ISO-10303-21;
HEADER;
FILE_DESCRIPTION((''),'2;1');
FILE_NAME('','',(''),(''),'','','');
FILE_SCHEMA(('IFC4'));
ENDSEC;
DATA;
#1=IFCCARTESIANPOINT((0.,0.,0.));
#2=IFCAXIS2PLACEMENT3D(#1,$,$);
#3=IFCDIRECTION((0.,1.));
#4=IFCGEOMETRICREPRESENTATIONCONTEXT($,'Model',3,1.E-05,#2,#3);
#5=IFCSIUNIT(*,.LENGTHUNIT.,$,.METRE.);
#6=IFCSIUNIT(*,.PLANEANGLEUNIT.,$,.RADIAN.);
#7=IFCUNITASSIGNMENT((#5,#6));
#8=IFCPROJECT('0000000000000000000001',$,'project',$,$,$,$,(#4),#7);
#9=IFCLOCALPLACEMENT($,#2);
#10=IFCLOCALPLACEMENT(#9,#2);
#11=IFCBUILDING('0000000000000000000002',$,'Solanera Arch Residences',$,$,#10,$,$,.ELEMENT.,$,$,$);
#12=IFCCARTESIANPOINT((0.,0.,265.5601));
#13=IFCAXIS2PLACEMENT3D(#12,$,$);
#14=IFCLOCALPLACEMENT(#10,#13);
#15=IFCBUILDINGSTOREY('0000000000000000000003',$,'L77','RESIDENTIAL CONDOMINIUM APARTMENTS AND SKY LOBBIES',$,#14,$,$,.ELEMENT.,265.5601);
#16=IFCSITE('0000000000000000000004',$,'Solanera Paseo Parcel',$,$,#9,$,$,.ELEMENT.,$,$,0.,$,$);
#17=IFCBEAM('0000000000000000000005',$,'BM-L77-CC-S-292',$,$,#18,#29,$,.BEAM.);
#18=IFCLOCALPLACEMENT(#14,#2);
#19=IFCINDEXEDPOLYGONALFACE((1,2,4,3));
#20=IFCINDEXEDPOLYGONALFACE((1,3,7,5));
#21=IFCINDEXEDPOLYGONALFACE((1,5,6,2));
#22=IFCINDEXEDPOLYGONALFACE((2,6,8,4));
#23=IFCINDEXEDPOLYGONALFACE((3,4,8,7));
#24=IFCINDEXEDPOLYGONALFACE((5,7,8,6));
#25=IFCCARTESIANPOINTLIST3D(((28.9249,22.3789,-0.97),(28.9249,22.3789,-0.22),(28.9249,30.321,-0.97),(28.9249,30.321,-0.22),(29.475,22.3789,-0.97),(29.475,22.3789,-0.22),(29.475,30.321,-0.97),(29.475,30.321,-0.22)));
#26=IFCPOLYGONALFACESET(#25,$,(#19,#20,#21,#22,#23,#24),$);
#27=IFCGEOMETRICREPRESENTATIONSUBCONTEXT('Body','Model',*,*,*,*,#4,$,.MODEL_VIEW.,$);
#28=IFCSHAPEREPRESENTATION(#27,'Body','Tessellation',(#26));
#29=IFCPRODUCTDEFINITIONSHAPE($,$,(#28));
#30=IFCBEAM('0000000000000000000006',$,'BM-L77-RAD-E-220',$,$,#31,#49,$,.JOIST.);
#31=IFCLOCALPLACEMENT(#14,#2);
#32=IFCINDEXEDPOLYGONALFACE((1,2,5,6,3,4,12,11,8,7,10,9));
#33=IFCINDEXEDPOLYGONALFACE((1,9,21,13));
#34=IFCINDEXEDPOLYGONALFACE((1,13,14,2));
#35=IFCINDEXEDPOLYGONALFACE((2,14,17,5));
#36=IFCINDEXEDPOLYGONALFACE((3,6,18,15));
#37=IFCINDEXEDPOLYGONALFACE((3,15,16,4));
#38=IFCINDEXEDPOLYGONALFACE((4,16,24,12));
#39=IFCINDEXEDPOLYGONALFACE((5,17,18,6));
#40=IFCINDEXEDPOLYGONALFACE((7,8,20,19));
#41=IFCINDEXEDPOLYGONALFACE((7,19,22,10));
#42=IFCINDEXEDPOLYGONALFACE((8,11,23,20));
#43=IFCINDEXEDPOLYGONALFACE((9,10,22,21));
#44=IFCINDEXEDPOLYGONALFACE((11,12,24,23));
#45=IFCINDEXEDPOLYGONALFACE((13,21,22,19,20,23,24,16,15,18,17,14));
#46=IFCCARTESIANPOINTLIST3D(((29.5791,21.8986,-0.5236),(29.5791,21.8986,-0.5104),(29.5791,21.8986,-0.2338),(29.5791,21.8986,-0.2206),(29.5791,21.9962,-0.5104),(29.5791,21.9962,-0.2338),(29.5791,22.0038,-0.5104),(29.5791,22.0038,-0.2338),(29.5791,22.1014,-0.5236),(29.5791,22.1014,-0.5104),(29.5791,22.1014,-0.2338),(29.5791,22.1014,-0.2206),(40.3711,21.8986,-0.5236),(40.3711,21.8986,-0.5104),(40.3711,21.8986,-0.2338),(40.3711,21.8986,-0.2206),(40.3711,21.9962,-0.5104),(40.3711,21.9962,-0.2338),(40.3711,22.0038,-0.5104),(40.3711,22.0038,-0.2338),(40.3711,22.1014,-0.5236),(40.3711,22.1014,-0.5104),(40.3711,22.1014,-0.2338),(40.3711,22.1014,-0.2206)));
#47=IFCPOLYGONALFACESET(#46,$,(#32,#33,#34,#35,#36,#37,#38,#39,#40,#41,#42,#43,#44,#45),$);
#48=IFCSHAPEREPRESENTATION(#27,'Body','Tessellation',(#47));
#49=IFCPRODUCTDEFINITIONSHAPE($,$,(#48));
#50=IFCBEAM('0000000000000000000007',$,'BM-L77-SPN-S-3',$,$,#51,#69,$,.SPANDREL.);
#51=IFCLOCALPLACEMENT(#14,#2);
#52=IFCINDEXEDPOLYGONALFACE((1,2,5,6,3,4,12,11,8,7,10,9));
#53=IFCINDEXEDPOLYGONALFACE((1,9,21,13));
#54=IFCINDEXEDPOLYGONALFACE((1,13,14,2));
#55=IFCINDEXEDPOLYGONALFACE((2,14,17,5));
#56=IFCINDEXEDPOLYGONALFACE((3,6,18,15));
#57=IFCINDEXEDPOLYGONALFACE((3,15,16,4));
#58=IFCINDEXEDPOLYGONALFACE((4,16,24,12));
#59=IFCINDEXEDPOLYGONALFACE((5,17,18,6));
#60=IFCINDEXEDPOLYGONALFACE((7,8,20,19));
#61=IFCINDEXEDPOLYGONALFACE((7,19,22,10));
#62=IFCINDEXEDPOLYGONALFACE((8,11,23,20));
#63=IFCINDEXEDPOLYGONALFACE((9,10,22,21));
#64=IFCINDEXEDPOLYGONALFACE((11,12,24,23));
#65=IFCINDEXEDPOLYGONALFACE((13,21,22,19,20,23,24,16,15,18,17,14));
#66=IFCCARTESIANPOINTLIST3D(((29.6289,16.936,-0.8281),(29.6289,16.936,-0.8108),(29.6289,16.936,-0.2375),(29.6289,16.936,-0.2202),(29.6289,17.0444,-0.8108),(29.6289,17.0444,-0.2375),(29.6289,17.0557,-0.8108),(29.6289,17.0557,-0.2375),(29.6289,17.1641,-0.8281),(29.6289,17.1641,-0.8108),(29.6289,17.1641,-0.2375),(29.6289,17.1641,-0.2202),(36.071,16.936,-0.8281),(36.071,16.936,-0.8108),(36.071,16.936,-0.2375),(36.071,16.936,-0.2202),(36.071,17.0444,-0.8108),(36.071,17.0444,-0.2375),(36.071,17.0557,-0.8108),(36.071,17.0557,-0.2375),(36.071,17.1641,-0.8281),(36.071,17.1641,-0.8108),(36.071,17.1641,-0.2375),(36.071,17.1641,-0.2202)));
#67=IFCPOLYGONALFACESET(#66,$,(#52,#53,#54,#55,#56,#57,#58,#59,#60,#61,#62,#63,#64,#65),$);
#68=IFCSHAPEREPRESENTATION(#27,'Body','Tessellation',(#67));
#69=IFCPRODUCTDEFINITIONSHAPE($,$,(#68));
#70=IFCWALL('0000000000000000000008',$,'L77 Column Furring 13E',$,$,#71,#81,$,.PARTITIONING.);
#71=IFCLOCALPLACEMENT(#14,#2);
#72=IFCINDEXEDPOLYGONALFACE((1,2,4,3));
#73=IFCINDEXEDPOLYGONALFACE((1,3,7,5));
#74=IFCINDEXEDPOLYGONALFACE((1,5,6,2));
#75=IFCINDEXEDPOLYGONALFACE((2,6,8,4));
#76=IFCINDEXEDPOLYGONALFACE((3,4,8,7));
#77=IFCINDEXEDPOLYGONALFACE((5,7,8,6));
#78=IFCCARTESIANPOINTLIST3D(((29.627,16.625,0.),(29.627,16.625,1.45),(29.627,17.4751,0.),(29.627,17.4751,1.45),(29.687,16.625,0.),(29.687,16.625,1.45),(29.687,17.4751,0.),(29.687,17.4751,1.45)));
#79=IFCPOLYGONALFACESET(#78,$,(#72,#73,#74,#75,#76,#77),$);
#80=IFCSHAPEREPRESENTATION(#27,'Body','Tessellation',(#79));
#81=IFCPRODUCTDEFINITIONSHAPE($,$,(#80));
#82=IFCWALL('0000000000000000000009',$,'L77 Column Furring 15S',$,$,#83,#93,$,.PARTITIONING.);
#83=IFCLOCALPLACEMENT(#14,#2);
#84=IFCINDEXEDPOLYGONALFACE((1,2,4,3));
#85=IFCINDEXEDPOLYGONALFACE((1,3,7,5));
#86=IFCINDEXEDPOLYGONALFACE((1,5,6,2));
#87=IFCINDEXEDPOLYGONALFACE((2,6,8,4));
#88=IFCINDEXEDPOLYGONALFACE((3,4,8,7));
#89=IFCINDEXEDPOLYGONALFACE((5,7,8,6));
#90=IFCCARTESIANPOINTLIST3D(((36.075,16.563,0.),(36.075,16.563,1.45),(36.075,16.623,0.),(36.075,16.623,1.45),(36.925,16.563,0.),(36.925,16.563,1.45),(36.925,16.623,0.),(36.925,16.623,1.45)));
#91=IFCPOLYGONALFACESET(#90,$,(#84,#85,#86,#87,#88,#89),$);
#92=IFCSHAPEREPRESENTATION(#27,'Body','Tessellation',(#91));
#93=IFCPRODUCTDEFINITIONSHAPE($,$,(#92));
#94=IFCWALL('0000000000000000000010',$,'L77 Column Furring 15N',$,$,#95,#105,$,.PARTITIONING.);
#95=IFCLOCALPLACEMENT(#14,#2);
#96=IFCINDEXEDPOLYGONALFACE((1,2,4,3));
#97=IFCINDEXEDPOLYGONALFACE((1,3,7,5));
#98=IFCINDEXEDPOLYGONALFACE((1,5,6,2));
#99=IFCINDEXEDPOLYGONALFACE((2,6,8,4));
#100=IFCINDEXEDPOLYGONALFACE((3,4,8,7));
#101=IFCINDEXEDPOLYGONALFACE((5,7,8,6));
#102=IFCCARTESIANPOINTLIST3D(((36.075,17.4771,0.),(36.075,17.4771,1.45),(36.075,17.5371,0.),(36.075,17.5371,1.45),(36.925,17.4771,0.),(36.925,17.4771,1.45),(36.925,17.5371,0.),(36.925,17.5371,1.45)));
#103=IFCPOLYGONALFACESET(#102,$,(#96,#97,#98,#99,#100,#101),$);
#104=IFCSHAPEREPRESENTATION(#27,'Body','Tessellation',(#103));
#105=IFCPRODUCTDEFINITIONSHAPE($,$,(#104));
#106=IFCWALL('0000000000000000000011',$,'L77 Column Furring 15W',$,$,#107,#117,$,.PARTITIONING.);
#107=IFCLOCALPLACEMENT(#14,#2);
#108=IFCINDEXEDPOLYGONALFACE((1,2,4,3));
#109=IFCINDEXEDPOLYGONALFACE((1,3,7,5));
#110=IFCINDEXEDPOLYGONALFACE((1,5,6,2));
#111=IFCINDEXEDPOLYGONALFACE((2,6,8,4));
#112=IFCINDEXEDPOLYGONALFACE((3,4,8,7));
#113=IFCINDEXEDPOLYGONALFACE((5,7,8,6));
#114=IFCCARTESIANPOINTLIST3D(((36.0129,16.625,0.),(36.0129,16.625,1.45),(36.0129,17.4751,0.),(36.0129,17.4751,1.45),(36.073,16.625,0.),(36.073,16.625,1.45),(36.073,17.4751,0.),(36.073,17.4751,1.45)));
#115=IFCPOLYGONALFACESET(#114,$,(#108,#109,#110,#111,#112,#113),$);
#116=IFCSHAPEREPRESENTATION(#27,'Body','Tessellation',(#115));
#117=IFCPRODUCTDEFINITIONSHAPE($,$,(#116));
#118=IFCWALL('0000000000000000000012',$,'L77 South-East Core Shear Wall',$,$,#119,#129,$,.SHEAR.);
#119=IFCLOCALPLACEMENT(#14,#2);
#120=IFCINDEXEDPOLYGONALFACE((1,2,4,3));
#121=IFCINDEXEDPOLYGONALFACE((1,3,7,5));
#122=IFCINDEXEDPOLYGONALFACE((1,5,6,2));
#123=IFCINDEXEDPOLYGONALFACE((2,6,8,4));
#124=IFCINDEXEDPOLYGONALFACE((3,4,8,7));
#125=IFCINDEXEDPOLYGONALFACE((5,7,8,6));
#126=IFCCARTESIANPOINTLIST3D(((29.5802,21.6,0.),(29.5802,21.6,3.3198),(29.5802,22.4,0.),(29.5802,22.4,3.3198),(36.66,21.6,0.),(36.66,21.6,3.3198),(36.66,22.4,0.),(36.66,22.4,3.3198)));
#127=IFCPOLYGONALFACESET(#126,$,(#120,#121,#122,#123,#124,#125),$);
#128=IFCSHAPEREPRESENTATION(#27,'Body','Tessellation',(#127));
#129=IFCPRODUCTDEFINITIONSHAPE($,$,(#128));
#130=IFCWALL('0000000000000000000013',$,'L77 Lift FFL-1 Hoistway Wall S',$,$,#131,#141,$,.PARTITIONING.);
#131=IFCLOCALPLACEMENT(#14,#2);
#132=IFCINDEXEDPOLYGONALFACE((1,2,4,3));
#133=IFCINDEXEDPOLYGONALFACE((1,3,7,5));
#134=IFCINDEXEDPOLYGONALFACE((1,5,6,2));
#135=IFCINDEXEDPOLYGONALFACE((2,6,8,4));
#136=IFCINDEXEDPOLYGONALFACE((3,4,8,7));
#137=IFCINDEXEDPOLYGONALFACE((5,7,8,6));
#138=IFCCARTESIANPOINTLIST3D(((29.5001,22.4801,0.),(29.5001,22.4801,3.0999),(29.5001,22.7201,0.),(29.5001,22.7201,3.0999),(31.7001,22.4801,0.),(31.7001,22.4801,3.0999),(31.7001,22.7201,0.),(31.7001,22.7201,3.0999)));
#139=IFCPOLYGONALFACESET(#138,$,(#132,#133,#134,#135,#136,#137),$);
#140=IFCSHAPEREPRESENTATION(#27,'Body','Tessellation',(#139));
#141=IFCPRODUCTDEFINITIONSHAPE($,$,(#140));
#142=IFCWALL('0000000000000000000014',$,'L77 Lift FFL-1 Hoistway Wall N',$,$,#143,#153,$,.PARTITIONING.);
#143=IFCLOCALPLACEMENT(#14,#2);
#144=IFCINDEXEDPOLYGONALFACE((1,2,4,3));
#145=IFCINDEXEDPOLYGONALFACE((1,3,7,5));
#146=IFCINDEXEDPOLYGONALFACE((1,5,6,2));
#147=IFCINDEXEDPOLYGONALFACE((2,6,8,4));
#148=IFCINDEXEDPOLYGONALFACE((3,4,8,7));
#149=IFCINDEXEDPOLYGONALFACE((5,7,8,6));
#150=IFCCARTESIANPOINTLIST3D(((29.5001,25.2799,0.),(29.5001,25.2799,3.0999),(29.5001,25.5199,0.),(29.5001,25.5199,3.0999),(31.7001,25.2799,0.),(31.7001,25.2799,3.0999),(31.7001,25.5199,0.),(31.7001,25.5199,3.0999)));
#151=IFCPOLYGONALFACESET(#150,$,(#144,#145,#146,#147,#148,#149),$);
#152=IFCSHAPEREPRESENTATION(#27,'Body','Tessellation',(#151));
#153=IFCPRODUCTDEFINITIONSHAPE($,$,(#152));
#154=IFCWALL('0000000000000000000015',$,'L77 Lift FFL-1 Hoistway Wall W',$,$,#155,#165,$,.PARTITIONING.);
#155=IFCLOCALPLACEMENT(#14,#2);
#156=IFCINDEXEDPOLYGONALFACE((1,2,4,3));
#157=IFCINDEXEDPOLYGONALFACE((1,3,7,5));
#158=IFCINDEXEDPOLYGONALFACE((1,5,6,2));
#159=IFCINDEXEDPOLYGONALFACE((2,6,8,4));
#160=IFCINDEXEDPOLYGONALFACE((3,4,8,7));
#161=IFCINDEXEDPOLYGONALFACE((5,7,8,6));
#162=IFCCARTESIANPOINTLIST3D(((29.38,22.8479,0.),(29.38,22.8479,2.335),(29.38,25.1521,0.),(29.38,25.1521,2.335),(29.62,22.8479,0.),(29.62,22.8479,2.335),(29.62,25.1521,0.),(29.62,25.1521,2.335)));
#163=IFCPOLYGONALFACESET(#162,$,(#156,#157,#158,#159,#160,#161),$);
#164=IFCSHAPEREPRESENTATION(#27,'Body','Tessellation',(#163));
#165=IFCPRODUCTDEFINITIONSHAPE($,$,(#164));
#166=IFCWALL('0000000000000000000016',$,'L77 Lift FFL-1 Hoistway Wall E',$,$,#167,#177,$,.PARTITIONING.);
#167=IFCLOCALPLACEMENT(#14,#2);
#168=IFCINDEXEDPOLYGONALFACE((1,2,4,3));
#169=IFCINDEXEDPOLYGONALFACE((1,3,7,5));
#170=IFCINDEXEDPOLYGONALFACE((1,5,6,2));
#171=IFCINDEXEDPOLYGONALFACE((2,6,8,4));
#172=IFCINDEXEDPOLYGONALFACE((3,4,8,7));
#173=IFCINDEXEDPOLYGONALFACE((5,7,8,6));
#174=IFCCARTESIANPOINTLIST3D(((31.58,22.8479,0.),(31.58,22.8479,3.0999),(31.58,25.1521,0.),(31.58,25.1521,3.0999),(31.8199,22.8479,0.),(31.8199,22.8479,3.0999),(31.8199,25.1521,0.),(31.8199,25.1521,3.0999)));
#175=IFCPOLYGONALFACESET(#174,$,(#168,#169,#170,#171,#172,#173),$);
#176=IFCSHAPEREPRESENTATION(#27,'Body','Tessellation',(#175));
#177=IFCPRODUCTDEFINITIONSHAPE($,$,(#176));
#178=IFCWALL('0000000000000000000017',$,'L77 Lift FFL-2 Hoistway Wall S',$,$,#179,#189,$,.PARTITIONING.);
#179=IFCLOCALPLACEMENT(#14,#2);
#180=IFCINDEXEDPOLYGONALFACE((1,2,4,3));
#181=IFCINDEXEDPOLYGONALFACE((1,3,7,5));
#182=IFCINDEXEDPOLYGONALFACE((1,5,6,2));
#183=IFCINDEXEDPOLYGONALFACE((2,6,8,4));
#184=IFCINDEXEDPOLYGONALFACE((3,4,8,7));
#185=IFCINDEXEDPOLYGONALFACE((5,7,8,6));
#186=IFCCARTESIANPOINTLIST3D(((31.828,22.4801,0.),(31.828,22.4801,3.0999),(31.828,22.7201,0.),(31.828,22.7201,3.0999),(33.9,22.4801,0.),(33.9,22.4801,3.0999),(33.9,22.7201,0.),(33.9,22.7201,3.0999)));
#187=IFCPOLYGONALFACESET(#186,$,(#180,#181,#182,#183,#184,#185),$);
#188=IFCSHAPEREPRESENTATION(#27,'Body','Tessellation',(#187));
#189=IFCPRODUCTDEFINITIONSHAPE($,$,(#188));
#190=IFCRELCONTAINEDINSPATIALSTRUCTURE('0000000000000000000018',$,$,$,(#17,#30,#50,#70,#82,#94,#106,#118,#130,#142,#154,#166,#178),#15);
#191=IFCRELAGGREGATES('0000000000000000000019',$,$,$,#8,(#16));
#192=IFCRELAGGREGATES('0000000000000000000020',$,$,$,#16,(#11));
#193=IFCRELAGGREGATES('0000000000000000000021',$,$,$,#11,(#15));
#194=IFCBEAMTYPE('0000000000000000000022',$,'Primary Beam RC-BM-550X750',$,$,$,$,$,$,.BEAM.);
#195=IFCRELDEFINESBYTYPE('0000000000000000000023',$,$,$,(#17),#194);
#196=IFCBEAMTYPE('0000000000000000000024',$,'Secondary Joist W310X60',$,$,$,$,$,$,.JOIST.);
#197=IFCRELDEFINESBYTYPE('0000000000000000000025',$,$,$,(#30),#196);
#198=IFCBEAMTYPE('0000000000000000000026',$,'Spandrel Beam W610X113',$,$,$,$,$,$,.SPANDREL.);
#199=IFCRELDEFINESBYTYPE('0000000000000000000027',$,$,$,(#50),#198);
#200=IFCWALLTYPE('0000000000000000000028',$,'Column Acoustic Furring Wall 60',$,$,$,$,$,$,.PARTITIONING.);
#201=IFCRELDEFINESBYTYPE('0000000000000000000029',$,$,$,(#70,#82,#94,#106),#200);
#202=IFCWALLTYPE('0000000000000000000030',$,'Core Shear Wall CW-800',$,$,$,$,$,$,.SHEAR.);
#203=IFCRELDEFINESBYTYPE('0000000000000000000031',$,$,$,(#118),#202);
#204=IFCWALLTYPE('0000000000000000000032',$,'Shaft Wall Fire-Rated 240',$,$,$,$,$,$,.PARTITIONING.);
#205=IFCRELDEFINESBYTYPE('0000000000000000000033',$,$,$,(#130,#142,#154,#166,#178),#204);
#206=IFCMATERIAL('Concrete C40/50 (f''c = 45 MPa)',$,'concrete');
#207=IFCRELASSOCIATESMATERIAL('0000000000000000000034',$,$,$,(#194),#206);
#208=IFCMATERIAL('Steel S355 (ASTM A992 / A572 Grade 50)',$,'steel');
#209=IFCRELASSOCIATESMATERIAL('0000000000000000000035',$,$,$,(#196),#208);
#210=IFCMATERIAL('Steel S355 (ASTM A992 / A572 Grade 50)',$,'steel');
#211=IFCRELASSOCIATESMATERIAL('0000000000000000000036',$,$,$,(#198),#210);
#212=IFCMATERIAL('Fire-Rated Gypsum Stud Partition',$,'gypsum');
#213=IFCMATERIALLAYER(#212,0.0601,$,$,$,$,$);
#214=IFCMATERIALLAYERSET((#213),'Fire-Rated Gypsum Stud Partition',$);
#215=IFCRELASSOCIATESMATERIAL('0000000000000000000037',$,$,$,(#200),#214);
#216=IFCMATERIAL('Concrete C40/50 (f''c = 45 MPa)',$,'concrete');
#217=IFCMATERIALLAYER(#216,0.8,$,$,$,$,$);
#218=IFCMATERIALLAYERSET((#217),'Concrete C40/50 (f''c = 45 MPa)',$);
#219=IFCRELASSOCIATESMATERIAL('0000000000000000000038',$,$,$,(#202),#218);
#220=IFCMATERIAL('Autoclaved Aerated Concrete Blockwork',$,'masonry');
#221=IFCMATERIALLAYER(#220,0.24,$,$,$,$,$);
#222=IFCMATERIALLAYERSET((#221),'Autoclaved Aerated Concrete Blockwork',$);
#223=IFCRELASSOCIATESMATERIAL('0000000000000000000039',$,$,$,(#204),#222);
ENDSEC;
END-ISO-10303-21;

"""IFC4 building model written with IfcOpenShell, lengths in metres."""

from ifc_helpers import new_model, si_unit, direction, frame, frame_2d, origin, origin_2d, place, context, subcontext, project, spatial, rectangle, i_section, extrude, material, layer, layer_set, material_profile, profile_set, type_object, element, save


model = new_model("IFC4")

# Units and contexts
model_context = context("Model", 3, precision=1e-05, world=origin(), true_north=direction((0.0, 1.0)))
body_context = subcontext(model_context, "Body", "Model", "MODEL_VIEW")
ifc_project = project(units=[si_unit("LENGTHUNIT", "METRE"), si_unit("PLANEANGLEUNIT", "RADIAN")], contexts=[model_context])

# Site, building, storey
site_placement = place(None, origin())
site = spatial("IfcSite", under=ifc_project, at=site_placement, Name="Solanera Paseo Parcel", CompositionType="ELEMENT", RefElevation=0.0)
building_placement = place(site_placement, origin())
building = spatial("IfcBuilding", under=site, at=building_placement, Name="Solanera Arch Residences", CompositionType="ELEMENT")
storey_placement = place(building_placement, frame((0.0, 0.0, 265.5601)))
storey = spatial("IfcBuildingStorey", under=building, at=storey_placement, Name="L77", Description="RESIDENTIAL CONDOMINIUM APARTMENTS AND SKY LOBBIES", CompositionType="ELEMENT", Elevation=265.5601)

# Beams
ifc_material_1 = material(Name="Concrete C40/50 (f'c = 45 MPa)", Category="concrete")
ifc_material_profile_1 = material_profile(ifc_material_1, rectangle(XDim=0.55, YDim=0.75, at=origin_2d()))
ifc_profile_set_1 = profile_set([ifc_material_profile_1], Name="Concrete C40/50 (f'c = 45 MPa)")
beam_type_1 = type_object("IfcBeamType", Name="Primary Beam RC-BM-550X750", PredefinedType="BEAM", material=ifc_profile_set_1)
beam_1_placement = place(storey_placement, frame((29.2, 22.3789, -0.595), z_axis=(0.0, 1.0, 0.0), x_axis=(-1.0, 0.0, 0.0)))
element("IfcBeam", 1, at=beam_1_placement, inside=storey, type_object=beam_type_1, Name="BM-L77-CC-S-292", PredefinedType="BEAM", context=body_context, shape_type="SweptSolid", body=[
    extrude(rectangle(XDim=0.55, YDim=0.75, at=origin_2d()), origin(), (0.0, 0.0, 1.0), 7.9421),
])
ifc_material_2 = material(Name="Steel S355 (ASTM A992 / A572 Grade 50)", Category="steel")
ifc_material_profile_2 = material_profile(ifc_material_2, i_section(OverallWidth=0.2029, OverallDepth=0.303, WebThickness=0.0076, FlangeThickness=0.0132, at=origin_2d()))
ifc_profile_set_2 = profile_set([ifc_material_profile_2], Name="Steel S355 (ASTM A992 / A572 Grade 50)")
beam_type_2 = type_object("IfcBeamType", Name="Secondary Joist W310X60", PredefinedType="JOIST", material=ifc_profile_set_2)
beam_2_placement = place(storey_placement, frame((29.5791, 22.0, -0.3721), z_axis=(1.0, 0.0, 0.0), x_axis=(0.0, 1.0, 0.0)))
element("IfcBeam", 2, at=beam_2_placement, inside=storey, type_object=beam_type_2, Name="BM-L77-RAD-E-220", PredefinedType="JOIST", context=body_context, shape_type="SweptSolid", body=[
    extrude(i_section(OverallWidth=0.2029, OverallDepth=0.303, WebThickness=0.0076, FlangeThickness=0.0132, at=origin_2d()), origin(), (0.0, 0.0, 1.0), 10.792),
])
ifc_material_3 = material(Name="Steel S355 (ASTM A992 / A572 Grade 50)", Category="steel")
ifc_material_profile_3 = material_profile(ifc_material_3, i_section(OverallWidth=0.228, OverallDepth=0.6079, WebThickness=0.0112, FlangeThickness=0.0173, at=origin_2d()))
ifc_profile_set_3 = profile_set([ifc_material_profile_3], Name="Steel S355 (ASTM A992 / A572 Grade 50)")
beam_type_3 = type_object("IfcBeamType", Name="Spandrel Beam W610X113", PredefinedType="SPANDREL", material=ifc_profile_set_3)
beam_3_placement = place(storey_placement, frame((29.6289, 17.05, -0.5242), z_axis=(1.0, 0.0, 0.0), x_axis=(0.0, 1.0, 0.0)))
element("IfcBeam", 3, at=beam_3_placement, inside=storey, type_object=beam_type_3, Name="BM-L77-SPN-S-3", PredefinedType="SPANDREL", context=body_context, shape_type="SweptSolid", body=[
    extrude(i_section(OverallWidth=0.228, OverallDepth=0.6079, WebThickness=0.0112, FlangeThickness=0.0173, at=origin_2d()), origin(), (0.0, 0.0, 1.0), 6.4421),
])

# Walls
ifc_material_4 = material(Name="Fire-Rated Gypsum Stud Partition", Category="gypsum")
ifc_layer_1 = layer(ifc_material_4, 0.0601)
ifc_layer_set_1 = layer_set([ifc_layer_1], Name="Fire-Rated Gypsum Stud Partition")
wall_type_1 = type_object("IfcWallType", Name="Column Acoustic Furring Wall 60", PredefinedType="PARTITIONING", material=ifc_layer_set_1)
for number, where, z_axis, x_axis, name in (
    (4, (29.657, 16.625, 0.0), (0.0, 0.0, 1.0), (0.0, 1.0, 0.0), "L77 Column Furring 13E"),
    (5, (36.075, 16.593, 0.0), (0.0, 0.0, 1.0), (1.0, 0.0, 0.0), "L77 Column Furring 15S"),
    (6, (36.075, 17.5071, 0.0), (0.0, 0.0, 1.0), (1.0, 0.0, 0.0), "L77 Column Furring 15N"),
    (7, (36.043, 16.625, 0.0), (0.0, 0.0, 1.0), (0.0, 1.0, 0.0), "L77 Column Furring 15W"),
):
    element("IfcWall", number, at=place(storey_placement, frame(where, z_axis=z_axis, x_axis=x_axis)), inside=storey, type_object=wall_type_1, Name=name, PredefinedType="PARTITIONING", context=body_context, shape_type="SweptSolid", body=[
        extrude(rectangle(XDim=0.8501, YDim=0.0601, at=frame_2d((0.425, 0.0))), origin(), (0.0, 0.0, 1.0), 1.45),
    ])
ifc_material_5 = material(Name="Concrete C40/50 (f'c = 45 MPa)", Category="concrete")
ifc_layer_2 = layer(ifc_material_5, 0.8)
ifc_layer_set_2 = layer_set([ifc_layer_2], Name="Concrete C40/50 (f'c = 45 MPa)")
wall_type_2 = type_object("IfcWallType", Name="Core Shear Wall CW-800", PredefinedType="SHEAR", material=ifc_layer_set_2)
wall_1_placement = place(storey_placement, frame((29.5801, 22.0, 0.0), z_axis=(0.0, 0.0, 1.0), x_axis=(1.0, 0.0, 0.0)))
element("IfcWall", 8, at=wall_1_placement, inside=storey, type_object=wall_type_2, Name="L77 South-East Core Shear Wall", PredefinedType="SHEAR", context=body_context, shape_type="SweptSolid", body=[
    extrude(rectangle(XDim=7.0798, YDim=0.8, at=frame_2d((3.54, 0.0))), origin(), (0.0, 0.0, 1.0), 3.3198),
])
ifc_material_6 = material(Name="Autoclaved Aerated Concrete Blockwork", Category="masonry")
ifc_layer_3 = layer(ifc_material_6, 0.24)
ifc_layer_set_3 = layer_set([ifc_layer_3], Name="Autoclaved Aerated Concrete Blockwork")
wall_type_3 = type_object("IfcWallType", Name="Shaft Wall Fire-Rated 240", PredefinedType="PARTITIONING", material=ifc_layer_set_3)
for number, where, z_axis, x_axis, name in (
    (9, (29.5, 22.6001, 0.0), (0.0, 0.0, 1.0), (1.0, 0.0, 0.0), "L77 Lift FFL-1 Hoistway Wall S"),
    (10, (29.5, 25.3999, 0.0), (0.0, 0.0, 1.0), (1.0, 0.0, 0.0), "L77 Lift FFL-1 Hoistway Wall N"),
):
    element("IfcWall", number, at=place(storey_placement, frame(where, z_axis=z_axis, x_axis=x_axis)), inside=storey, type_object=wall_type_3, Name=name, PredefinedType="PARTITIONING", context=body_context, shape_type="SweptSolid", body=[
        extrude(rectangle(XDim=2.2, YDim=0.24, at=frame_2d((1.1001, 0.0))), origin(), (0.0, 0.0, 1.0), 3.0999),
    ])
wall_2_placement = place(storey_placement, frame((29.5, 22.8479, 0.0), z_axis=(0.0, 0.0, 1.0), x_axis=(0.0, 1.0, 0.0)))
element("IfcWall", 11, at=wall_2_placement, inside=storey, type_object=wall_type_3, Name="L77 Lift FFL-1 Hoistway Wall W", PredefinedType="PARTITIONING", context=body_context, shape_type="SweptSolid", body=[
    extrude(rectangle(XDim=2.3042, YDim=0.24, at=frame_2d((1.1521, 0.0))), origin(), (0.0, 0.0, 1.0), 2.335),
])
wall_3_placement = place(storey_placement, frame((31.7, 22.8479, 0.0), z_axis=(0.0, 0.0, 1.0), x_axis=(0.0, 1.0, 0.0)))
element("IfcWall", 12, at=wall_3_placement, inside=storey, type_object=wall_type_3, Name="L77 Lift FFL-1 Hoistway Wall E", PredefinedType="PARTITIONING", context=body_context, shape_type="SweptSolid", body=[
    extrude(rectangle(XDim=2.3042, YDim=0.24, at=frame_2d((1.1521, 0.0))), origin(), (0.0, 0.0, 1.0), 3.0999),
])
for number, where, z_axis, x_axis, name in (
    (13, (31.8279, 22.6001, 0.0), (0.0, 0.0, 1.0), (1.0, 0.0, 0.0), "L77 Lift FFL-2 Hoistway Wall S"),
):
    element("IfcWall", number, at=place(storey_placement, frame(where, z_axis=z_axis, x_axis=x_axis)), inside=storey, type_object=wall_type_3, Name=name, PredefinedType="PARTITIONING", context=body_context, shape_type="SweptSolid", body=[
        extrude(rectangle(XDim=2.072, YDim=0.24, at=frame_2d((1.0361, 0.0))), origin(), (0.0, 0.0, 1.0), 3.0999),
    ])

save(model, "model.ifc")
